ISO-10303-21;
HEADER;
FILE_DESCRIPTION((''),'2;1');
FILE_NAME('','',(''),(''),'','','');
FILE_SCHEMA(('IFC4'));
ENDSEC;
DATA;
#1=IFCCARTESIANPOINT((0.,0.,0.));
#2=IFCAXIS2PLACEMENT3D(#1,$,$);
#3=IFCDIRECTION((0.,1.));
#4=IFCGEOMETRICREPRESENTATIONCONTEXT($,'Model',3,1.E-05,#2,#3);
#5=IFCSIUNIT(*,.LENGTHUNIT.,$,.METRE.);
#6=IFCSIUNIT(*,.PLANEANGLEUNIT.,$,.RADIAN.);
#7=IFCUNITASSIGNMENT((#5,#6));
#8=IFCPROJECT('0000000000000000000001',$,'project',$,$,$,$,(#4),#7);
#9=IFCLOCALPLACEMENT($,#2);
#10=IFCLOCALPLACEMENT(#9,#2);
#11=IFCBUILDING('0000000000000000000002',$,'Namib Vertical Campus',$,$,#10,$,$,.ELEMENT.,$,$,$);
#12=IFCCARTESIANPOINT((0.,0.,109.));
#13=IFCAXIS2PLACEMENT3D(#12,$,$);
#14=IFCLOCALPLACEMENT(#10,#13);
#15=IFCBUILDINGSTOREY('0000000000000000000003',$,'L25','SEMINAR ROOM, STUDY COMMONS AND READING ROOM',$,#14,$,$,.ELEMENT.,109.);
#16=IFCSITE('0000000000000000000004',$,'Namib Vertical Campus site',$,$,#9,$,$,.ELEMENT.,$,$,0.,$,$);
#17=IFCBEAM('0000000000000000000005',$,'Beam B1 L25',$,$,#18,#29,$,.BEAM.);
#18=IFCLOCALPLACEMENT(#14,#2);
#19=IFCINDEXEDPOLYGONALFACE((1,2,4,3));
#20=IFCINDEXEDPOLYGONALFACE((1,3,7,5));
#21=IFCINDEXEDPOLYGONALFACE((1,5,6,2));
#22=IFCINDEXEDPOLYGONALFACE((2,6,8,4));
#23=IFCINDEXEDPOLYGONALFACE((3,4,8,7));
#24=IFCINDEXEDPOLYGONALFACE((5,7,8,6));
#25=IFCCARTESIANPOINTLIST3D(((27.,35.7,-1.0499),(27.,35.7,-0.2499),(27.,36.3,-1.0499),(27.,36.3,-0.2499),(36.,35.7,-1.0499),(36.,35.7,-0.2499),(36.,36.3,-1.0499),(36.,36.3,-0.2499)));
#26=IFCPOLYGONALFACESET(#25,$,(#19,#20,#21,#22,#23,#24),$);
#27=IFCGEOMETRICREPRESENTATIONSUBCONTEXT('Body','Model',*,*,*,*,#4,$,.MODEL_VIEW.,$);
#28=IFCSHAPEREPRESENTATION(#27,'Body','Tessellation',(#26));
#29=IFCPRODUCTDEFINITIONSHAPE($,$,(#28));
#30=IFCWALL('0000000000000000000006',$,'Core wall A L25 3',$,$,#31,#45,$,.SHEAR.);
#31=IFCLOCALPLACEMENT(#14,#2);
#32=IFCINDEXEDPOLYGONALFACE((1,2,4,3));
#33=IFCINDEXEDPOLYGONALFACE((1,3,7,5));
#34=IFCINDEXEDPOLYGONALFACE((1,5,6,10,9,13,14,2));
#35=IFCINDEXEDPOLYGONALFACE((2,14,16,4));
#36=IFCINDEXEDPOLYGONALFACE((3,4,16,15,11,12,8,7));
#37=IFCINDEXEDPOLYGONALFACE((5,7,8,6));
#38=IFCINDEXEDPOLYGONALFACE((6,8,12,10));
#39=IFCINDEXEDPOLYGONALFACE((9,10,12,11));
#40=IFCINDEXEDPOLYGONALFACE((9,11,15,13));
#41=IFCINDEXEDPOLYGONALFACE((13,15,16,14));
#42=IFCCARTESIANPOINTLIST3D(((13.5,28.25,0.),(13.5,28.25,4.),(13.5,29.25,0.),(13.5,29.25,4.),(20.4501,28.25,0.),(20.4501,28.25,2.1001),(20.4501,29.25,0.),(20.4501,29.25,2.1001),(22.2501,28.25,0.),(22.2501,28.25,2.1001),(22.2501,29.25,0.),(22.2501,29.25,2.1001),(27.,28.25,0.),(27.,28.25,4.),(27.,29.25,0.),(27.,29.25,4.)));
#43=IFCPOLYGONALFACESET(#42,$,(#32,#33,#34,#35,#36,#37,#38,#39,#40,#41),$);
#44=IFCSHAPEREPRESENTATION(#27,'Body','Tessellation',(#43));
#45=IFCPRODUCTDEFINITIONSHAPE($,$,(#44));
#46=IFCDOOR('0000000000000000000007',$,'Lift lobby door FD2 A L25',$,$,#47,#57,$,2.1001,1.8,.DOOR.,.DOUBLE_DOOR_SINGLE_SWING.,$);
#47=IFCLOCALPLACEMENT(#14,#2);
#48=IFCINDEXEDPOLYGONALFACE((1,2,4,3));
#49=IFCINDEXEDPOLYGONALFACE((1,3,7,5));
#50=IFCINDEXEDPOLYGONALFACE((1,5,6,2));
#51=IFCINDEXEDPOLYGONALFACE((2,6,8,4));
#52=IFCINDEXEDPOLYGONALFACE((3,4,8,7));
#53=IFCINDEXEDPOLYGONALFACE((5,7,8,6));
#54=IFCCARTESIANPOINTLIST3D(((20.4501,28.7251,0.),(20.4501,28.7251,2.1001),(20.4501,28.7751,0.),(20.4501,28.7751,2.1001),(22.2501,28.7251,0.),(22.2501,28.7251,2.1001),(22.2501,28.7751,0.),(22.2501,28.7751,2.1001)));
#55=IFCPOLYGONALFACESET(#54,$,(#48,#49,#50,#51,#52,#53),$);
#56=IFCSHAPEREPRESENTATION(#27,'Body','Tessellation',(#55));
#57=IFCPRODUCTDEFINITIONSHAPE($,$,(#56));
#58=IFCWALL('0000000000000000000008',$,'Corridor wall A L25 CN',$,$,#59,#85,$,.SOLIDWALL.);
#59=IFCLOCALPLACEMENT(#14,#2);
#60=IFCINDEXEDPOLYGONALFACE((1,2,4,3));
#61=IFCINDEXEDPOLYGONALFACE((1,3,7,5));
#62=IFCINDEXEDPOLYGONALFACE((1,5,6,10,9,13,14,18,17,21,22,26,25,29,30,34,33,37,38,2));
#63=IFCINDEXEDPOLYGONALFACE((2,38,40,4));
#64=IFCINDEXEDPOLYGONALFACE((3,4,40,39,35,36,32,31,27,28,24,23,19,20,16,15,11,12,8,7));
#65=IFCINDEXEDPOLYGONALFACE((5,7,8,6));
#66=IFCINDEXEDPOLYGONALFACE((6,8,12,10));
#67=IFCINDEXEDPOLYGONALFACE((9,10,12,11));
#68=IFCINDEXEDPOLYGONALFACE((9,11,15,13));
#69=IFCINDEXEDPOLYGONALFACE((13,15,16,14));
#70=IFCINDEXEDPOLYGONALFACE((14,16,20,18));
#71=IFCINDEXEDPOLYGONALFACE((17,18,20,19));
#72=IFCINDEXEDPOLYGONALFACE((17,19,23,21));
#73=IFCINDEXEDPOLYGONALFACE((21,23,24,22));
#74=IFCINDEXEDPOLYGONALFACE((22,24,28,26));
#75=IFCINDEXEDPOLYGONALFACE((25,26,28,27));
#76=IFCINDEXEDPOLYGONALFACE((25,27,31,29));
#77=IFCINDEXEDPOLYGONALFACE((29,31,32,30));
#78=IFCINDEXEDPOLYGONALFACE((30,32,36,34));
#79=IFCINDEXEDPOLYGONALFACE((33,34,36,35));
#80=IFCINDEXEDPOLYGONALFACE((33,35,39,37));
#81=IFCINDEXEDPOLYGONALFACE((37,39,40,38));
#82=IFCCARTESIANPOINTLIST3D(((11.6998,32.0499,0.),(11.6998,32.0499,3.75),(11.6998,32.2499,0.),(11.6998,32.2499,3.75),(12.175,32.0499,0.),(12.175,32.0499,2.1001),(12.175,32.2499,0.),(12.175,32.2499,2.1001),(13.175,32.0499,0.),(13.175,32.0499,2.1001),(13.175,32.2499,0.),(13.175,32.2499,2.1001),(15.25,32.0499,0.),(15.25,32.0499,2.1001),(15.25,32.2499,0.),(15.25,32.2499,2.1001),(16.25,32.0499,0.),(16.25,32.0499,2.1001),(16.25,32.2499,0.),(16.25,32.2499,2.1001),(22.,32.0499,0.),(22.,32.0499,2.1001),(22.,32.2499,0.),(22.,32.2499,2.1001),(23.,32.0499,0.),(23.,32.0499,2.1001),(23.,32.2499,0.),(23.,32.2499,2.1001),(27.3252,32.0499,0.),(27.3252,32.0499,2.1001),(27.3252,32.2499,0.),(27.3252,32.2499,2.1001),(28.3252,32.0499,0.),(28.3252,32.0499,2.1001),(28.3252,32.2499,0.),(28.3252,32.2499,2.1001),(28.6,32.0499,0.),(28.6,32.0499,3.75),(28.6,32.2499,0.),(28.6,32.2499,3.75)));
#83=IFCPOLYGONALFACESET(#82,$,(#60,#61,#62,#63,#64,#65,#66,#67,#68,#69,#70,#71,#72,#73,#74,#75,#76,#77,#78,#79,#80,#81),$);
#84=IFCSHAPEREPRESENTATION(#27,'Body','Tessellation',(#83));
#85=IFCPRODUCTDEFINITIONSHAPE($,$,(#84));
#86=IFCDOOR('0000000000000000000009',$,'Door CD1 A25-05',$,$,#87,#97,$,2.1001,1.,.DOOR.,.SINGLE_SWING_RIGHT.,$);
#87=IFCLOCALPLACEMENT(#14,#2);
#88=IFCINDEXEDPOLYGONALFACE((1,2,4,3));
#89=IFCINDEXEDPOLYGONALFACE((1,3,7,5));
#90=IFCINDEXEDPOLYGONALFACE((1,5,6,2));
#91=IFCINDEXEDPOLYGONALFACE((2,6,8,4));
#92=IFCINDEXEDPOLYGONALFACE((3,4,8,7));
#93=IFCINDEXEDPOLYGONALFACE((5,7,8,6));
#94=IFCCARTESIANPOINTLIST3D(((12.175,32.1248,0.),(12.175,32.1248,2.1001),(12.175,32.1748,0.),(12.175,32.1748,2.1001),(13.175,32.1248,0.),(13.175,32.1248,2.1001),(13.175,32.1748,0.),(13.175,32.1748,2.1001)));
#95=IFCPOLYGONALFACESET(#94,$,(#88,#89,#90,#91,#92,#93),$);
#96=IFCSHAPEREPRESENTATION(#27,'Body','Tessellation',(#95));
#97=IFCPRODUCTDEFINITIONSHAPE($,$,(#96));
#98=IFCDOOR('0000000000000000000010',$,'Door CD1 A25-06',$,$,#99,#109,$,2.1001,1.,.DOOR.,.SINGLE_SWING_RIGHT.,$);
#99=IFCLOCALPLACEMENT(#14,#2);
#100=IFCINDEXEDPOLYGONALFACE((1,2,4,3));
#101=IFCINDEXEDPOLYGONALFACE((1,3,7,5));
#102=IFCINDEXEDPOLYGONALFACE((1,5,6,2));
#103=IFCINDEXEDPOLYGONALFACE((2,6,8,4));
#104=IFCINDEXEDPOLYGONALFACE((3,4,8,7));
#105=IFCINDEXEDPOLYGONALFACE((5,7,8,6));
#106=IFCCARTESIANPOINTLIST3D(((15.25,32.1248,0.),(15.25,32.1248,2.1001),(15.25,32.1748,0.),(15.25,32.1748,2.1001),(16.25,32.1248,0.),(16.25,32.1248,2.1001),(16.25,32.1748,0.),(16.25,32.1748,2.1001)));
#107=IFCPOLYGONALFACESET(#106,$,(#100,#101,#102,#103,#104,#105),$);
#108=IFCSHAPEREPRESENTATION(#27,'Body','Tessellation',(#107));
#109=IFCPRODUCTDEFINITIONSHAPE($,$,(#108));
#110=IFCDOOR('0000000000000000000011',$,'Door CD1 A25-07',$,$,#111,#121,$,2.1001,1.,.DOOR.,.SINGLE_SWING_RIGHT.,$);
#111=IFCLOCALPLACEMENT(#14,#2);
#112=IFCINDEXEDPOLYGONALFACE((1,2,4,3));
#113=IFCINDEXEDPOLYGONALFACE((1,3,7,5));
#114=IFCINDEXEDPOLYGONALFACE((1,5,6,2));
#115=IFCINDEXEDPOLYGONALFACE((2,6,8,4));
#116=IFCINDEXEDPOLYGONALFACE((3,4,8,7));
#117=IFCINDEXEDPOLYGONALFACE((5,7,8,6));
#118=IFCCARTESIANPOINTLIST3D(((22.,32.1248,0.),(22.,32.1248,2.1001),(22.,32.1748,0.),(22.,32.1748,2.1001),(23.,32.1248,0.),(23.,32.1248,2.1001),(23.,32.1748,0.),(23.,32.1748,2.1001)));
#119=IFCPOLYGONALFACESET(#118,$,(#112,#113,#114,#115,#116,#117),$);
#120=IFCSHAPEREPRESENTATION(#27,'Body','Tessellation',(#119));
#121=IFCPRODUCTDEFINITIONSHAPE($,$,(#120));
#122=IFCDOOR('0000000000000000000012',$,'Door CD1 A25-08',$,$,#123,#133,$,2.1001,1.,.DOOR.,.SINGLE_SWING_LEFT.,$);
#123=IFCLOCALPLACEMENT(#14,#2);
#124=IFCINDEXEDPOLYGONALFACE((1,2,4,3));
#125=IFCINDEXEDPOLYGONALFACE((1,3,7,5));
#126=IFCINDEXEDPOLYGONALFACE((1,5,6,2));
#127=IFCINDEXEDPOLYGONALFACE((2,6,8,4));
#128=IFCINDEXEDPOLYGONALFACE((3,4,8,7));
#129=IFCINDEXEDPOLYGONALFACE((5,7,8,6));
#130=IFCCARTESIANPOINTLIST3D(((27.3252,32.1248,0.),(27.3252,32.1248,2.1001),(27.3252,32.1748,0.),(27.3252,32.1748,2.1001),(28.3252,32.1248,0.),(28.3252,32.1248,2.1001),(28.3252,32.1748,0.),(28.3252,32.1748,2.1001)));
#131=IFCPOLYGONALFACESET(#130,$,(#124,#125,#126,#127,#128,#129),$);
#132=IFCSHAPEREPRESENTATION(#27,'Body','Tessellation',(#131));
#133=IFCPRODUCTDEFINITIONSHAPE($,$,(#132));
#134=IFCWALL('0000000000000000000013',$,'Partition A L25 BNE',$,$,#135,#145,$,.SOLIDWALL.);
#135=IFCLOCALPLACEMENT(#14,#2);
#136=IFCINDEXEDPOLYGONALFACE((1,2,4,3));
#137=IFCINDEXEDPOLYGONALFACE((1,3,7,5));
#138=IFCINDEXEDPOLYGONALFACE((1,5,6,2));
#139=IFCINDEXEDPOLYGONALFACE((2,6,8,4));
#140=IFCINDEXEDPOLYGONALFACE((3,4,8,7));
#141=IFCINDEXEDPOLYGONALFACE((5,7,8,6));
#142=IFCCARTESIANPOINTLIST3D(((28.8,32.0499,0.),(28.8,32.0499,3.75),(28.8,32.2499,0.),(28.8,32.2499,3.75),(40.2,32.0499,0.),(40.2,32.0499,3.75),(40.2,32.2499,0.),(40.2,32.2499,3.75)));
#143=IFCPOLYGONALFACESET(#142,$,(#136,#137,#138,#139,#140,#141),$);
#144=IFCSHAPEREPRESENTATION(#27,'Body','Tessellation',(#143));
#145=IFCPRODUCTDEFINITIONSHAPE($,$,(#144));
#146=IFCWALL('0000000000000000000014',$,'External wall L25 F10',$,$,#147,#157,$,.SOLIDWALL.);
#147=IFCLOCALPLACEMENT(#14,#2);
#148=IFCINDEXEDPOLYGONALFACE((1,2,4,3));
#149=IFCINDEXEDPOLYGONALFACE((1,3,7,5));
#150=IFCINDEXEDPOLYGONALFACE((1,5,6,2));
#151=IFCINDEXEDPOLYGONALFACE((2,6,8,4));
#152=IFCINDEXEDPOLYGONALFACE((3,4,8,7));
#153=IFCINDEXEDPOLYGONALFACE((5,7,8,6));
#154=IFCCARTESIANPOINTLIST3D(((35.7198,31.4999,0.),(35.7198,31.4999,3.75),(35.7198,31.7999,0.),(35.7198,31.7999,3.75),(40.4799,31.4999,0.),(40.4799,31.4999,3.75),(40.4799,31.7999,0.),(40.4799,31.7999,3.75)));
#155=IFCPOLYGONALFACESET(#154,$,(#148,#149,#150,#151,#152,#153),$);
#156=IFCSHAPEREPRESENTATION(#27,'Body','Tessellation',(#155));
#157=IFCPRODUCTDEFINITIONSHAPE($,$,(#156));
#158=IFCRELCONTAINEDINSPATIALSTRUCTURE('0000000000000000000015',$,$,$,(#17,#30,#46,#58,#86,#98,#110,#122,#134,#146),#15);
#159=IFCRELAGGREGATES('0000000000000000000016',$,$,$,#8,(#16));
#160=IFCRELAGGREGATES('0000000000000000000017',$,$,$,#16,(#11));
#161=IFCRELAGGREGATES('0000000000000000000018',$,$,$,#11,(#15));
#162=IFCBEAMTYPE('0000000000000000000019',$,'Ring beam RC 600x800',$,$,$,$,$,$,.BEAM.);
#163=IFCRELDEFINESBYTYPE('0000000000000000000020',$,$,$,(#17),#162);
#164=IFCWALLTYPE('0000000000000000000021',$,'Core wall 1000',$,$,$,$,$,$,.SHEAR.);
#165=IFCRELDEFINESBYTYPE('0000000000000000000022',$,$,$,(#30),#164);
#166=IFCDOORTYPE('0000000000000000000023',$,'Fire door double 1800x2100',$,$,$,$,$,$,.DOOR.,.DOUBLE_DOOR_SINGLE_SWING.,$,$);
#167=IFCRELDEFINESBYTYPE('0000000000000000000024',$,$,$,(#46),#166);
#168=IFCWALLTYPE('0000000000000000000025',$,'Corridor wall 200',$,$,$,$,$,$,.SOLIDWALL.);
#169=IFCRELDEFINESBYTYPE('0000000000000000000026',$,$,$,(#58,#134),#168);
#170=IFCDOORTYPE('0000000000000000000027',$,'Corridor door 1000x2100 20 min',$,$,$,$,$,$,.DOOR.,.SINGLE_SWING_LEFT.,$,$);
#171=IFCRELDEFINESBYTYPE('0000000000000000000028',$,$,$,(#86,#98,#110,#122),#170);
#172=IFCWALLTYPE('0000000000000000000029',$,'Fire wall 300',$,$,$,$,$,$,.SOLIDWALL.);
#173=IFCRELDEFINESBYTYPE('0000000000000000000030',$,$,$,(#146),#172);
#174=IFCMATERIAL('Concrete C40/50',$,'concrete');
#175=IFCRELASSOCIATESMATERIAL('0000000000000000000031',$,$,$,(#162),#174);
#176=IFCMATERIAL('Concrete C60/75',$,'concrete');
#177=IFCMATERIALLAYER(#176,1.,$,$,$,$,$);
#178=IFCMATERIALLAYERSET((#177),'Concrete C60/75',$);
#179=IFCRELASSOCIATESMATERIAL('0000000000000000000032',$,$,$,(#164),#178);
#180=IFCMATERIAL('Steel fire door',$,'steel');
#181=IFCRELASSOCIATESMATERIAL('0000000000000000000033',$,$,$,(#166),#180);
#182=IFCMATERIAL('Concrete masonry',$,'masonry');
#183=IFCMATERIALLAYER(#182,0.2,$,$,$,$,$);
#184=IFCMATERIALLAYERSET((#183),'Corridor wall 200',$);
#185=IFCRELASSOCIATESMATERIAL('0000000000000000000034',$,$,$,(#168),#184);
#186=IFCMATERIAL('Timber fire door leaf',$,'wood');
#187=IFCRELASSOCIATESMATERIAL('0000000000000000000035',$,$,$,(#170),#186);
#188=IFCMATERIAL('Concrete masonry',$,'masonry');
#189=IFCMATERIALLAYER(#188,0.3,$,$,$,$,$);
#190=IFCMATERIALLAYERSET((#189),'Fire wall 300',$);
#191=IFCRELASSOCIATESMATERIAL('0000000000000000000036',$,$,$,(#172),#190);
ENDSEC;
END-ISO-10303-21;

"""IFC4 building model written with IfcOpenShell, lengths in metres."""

from ifc_helpers import new_model, si_unit, direction, frame, frame_2d, origin, origin_2d, place, context, subcontext, project, spatial, rectangle, extrude, material, layer, layer_set, material_profile, profile_set, type_object, element, fill, save


model = new_model("IFC4")

# Units and contexts
model_context = context("Model", 3, precision=1e-05, world=origin(), true_north=direction((0.0, 1.0)))
body_context = subcontext(model_context, "Body", "Model", "MODEL_VIEW")
ifc_project = project(units=[si_unit("LENGTHUNIT", "METRE"), si_unit("PLANEANGLEUNIT", "RADIAN")], contexts=[model_context])

# Site, building, storey
site_placement = place(None, origin())
site = spatial("IfcSite", under=ifc_project, at=site_placement, Name="Namib Vertical Campus site", CompositionType="ELEMENT", RefElevation=0.0)
building_placement = place(site_placement, origin())
building = spatial("IfcBuilding", under=site, at=building_placement, Name="Namib Vertical Campus", CompositionType="ELEMENT")
storey_placement = place(building_placement, frame((0.0, 0.0, 109.0)))
storey = spatial("IfcBuildingStorey", under=building, at=storey_placement, Name="L25", Description="SEMINAR ROOM, STUDY COMMONS AND READING ROOM", CompositionType="ELEMENT", Elevation=109.0)

# Beam
ifc_material_1 = material(Name="Concrete C40/50", Category="concrete")
ifc_material_profile_1 = material_profile(ifc_material_1, rectangle(XDim=0.6001, YDim=0.8, at=origin_2d()))
ifc_profile_set_1 = profile_set([ifc_material_profile_1], Name="Concrete C40/50")
beam_type_1 = type_object("IfcBeamType", Name="Ring beam RC 600x800", PredefinedType="BEAM", material=ifc_profile_set_1)
beam_1_placement = place(storey_placement, frame((27.0, 36.0, -0.6499), z_axis=(1.0, 0.0, 0.0), x_axis=(0.0, 1.0, 0.0)))
element("IfcBeam", 1, at=beam_1_placement, inside=storey, type_object=beam_type_1, Name="Beam B1 L25", PredefinedType="BEAM", context=body_context, shape_type="SweptSolid", body=[
    extrude(rectangle(XDim=0.6001, YDim=0.8, at=origin_2d()), origin(), (0.0, 0.0, 1.0), 9.0),
])

# Wall, opening, door
ifc_material_2 = material(Name="Concrete C60/75", Category="concrete")
ifc_layer_1 = layer(ifc_material_2, 1.0)
ifc_layer_set_1 = layer_set([ifc_layer_1], Name="Concrete C60/75")
wall_type_1 = type_object("IfcWallType", Name="Core wall 1000", PredefinedType="SHEAR", material=ifc_layer_set_1)
wall_1_placement = place(storey_placement, frame((27.0, 28.75, 0.0), z_axis=(0.0, 0.0, 1.0), x_axis=(-1.0, 0.0, 0.0)))
wall_1 = element("IfcWall", 2, at=wall_1_placement, inside=storey, type_object=wall_type_1, Name="Core wall A L25 3", PredefinedType="SHEAR", context=body_context, shape_type="SweptSolid", body=[
    extrude(rectangle(XDim=13.5, YDim=1.0, at=frame_2d((6.75, 0.0))), origin(), (0.0, 0.0, 1.0), 4.0),
])
opening_1_placement = place(wall_1_placement, frame((4.75, 0.0, 0.0)))
opening_1 = element("IfcOpeningElement", 3, at=opening_1_placement, cuts=wall_1, PredefinedType="OPENING", context=body_context, shape_type="SweptSolid", body=[
    extrude(rectangle(XDim=1.8, YDim=2.1001, at=frame_2d((0.8999, 1.05))), frame((0.0, 0.51, 0.0), z_axis=(0.0, -1.0, 0.0), x_axis=(1.0, 0.0, 0.0)), (0.0, 0.0, 1.0), 1.02),
])
ifc_material_3 = material(Name="Steel fire door", Category="steel")
door_type_1 = type_object("IfcDoorType", Name="Fire door double 1800x2100", OperationType="DOUBLE_DOOR_SINGLE_SWING", PredefinedType="DOOR", material=ifc_material_3)
door_1_placement = place(opening_1_placement, origin())
door_1 = element("IfcDoor", 4, at=door_1_placement, inside=storey, type_object=door_type_1, Name="Lift lobby door FD2 A L25", OperationType="DOUBLE_DOOR_SINGLE_SWING", OverallHeight=2.1001, OverallWidth=1.8, PredefinedType="DOOR", context=body_context, shape_type="SweptSolid", body=[
    extrude(rectangle(XDim=1.8, YDim=2.1001, at=frame_2d((0.8999, 1.05))), frame((0.0, 0.0249, 0.0), z_axis=(0.0, -1.0, 0.0), x_axis=(1.0, 0.0, 0.0)), (0.0, 0.0, 1.0), 0.05),
])
fill(opening_1, door_1)

# Wall, openings, doors
ifc_material_4 = material(Name="Concrete masonry", Category="masonry")
ifc_layer_2 = layer(ifc_material_4, 0.2)
ifc_layer_set_2 = layer_set([ifc_layer_2], Name="Corridor wall 200")
wall_type_2 = type_object("IfcWallType", Name="Corridor wall 200", PredefinedType="SOLIDWALL", material=ifc_layer_set_2)
wall_2_placement = place(storey_placement, frame((28.6001, 32.1499, 0.0), z_axis=(0.0, 0.0, 1.0), x_axis=(-1.0, 0.0, 0.0)))
wall_2 = element("IfcWall", 5, at=wall_2_placement, inside=storey, type_object=wall_type_2, Name="Corridor wall A L25 CN", PredefinedType="SOLIDWALL", context=body_context, shape_type="SweptSolid", body=[
    extrude(rectangle(XDim=16.9001, YDim=0.2, at=frame_2d((8.4502, 0.0))), origin(), (0.0, 0.0, 1.0), 3.75),
])
opening_2_placement = place(wall_2_placement, frame((15.425, 0.0, 0.0)))
opening_2 = element("IfcOpeningElement", 6, at=opening_2_placement, cuts=wall_2, PredefinedType="OPENING", context=body_context, shape_type="SweptSolid", body=[
    extrude(rectangle(XDim=1.0, YDim=2.1001, at=frame_2d((0.5, 1.05))), frame((0.0, 0.1099, 0.0), z_axis=(0.0, -1.0, 0.0), x_axis=(1.0, 0.0, 0.0)), (0.0, 0.0, 1.0), 0.22),
])
opening_3_placement = place(wall_2_placement, frame((12.3501, 0.0, 0.0)))
opening_3 = element("IfcOpeningElement", 7, at=opening_3_placement, cuts=wall_2, PredefinedType="OPENING", context=body_context, shape_type="SweptSolid", body=[
    extrude(rectangle(XDim=1.0, YDim=2.1001, at=frame_2d((0.5, 1.05))), frame((0.0, 0.1099, 0.0), z_axis=(0.0, -1.0, 0.0), x_axis=(1.0, 0.0, 0.0)), (0.0, 0.0, 1.0), 0.22),
])
opening_4_placement = place(wall_2_placement, frame((5.6001, 0.0, 0.0)))
opening_4 = element("IfcOpeningElement", 8, at=opening_4_placement, cuts=wall_2, PredefinedType="OPENING", context=body_context, shape_type="SweptSolid", body=[
    extrude(rectangle(XDim=1.0, YDim=2.1001, at=frame_2d((0.5, 1.05))), frame((0.0, 0.1099, 0.0), z_axis=(0.0, -1.0, 0.0), x_axis=(1.0, 0.0, 0.0)), (0.0, 0.0, 1.0), 0.22),
])
opening_5_placement = place(wall_2_placement, frame((0.2749, 0.0, 0.0)))
opening_5 = element("IfcOpeningElement", 9, at=opening_5_placement, cuts=wall_2, PredefinedType="OPENING", context=body_context, shape_type="SweptSolid", body=[
    extrude(rectangle(XDim=1.0, YDim=2.1001, at=frame_2d((0.5, 1.05))), frame((0.0, 0.1099, 0.0), z_axis=(0.0, -1.0, 0.0), x_axis=(1.0, 0.0, 0.0)), (0.0, 0.0, 1.0), 0.22),
])
ifc_material_5 = material(Name="Timber fire door leaf", Category="wood")
door_type_2 = type_object("IfcDoorType", Name="Corridor door 1000x2100 20 min", OperationType="SINGLE_SWING_LEFT", PredefinedType="DOOR", material=ifc_material_5)
door_2_placement = place(opening_2_placement, frame((1.0, 0.0, 0.0), z_axis=(0.0, 0.0, 1.0), x_axis=(-1.0, 0.0, 0.0)))
door_2 = element("IfcDoor", 10, at=door_2_placement, inside=storey, type_object=door_type_2, Name="Door CD1 A25-05", OperationType="SINGLE_SWING_RIGHT", OverallHeight=2.1001, OverallWidth=1.0, PredefinedType="DOOR", context=body_context, shape_type="SweptSolid", body=[
    extrude(rectangle(XDim=1.0, YDim=2.1001, at=frame_2d((0.5, 1.05))), frame((0.0, 0.0249, 0.0), z_axis=(0.0, -1.0, 0.0), x_axis=(1.0, 0.0, 0.0)), (0.0, 0.0, 1.0), 0.05),
])
fill(opening_2, door_2)
door_3_placement = place(opening_3_placement, frame((1.0, 0.0, 0.0), z_axis=(0.0, 0.0, 1.0), x_axis=(-1.0, 0.0, 0.0)))
door_3 = element("IfcDoor", 11, at=door_3_placement, inside=storey, type_object=door_type_2, Name="Door CD1 A25-06", OperationType="SINGLE_SWING_RIGHT", OverallHeight=2.1001, OverallWidth=1.0, PredefinedType="DOOR", context=body_context, shape_type="SweptSolid", body=[
    extrude(rectangle(XDim=1.0, YDim=2.1001, at=frame_2d((0.5, 1.05))), frame((0.0, 0.0249, 0.0), z_axis=(0.0, -1.0, 0.0), x_axis=(1.0, 0.0, 0.0)), (0.0, 0.0, 1.0), 0.05),
])
fill(opening_3, door_3)
door_4_placement = place(opening_4_placement, frame((1.0, 0.0, 0.0), z_axis=(0.0, 0.0, 1.0), x_axis=(-1.0, 0.0, 0.0)))
door_4 = element("IfcDoor", 12, at=door_4_placement, inside=storey, type_object=door_type_2, Name="Door CD1 A25-07", OperationType="SINGLE_SWING_RIGHT", OverallHeight=2.1001, OverallWidth=1.0, PredefinedType="DOOR", context=body_context, shape_type="SweptSolid", body=[
    extrude(rectangle(XDim=1.0, YDim=2.1001, at=frame_2d((0.5, 1.05))), frame((0.0, 0.0249, 0.0), z_axis=(0.0, -1.0, 0.0), x_axis=(1.0, 0.0, 0.0)), (0.0, 0.0, 1.0), 0.05),
])
fill(opening_4, door_4)
door_5_placement = place(opening_5_placement, frame((1.0, 0.0, 0.0), z_axis=(0.0, 0.0, 1.0), x_axis=(-1.0, 0.0, 0.0)))
door_5 = element("IfcDoor", 13, at=door_5_placement, inside=storey, type_object=door_type_2, Name="Door CD1 A25-08", OperationType="SINGLE_SWING_LEFT", OverallHeight=2.1001, OverallWidth=1.0, PredefinedType="DOOR", context=body_context, shape_type="SweptSolid", body=[
    extrude(rectangle(XDim=1.0, YDim=2.1001, at=frame_2d((0.5, 1.05))), frame((0.0, 0.0249, 0.0), z_axis=(0.0, -1.0, 0.0), x_axis=(1.0, 0.0, 0.0)), (0.0, 0.0, 1.0), 0.05),
])
fill(opening_5, door_5)

# Walls
wall_3_placement = place(storey_placement, frame((28.8, 32.1499, 0.0), z_axis=(0.0, 0.0, 1.0), x_axis=(1.0, 0.0, 0.0)))
element("IfcWall", 14, at=wall_3_placement, inside=storey, type_object=wall_type_2, Name="Partition A L25 BNE", PredefinedType="SOLIDWALL", context=body_context, shape_type="SweptSolid", body=[
    extrude(rectangle(XDim=11.3999, YDim=0.2, at=frame_2d((5.7, 0.0))), origin(), (0.0, 0.0, 1.0), 3.75),
])
ifc_material_6 = material(Name="Concrete masonry", Category="masonry")
ifc_layer_3 = layer(ifc_material_6, 0.3)
ifc_layer_set_3 = layer_set([ifc_layer_3], Name="Fire wall 300")
wall_type_3 = type_object("IfcWallType", Name="Fire wall 300", PredefinedType="SOLIDWALL", material=ifc_layer_set_3)
wall_4_placement = place(storey_placement, frame((35.72, 31.6499, 0.0), z_axis=(0.0, 0.0, 1.0), x_axis=(1.0, 0.0, 0.0)))
element("IfcWall", 15, at=wall_4_placement, inside=storey, type_object=wall_type_3, Name="External wall L25 F10", PredefinedType="SOLIDWALL", context=body_context, shape_type="SweptSolid", body=[
    extrude(rectangle(XDim=4.76, YDim=0.3, at=frame_2d((2.3799, 0.0))), origin(), (0.0, 0.0, 1.0), 3.75),
])

save(model, "model.ifc")
